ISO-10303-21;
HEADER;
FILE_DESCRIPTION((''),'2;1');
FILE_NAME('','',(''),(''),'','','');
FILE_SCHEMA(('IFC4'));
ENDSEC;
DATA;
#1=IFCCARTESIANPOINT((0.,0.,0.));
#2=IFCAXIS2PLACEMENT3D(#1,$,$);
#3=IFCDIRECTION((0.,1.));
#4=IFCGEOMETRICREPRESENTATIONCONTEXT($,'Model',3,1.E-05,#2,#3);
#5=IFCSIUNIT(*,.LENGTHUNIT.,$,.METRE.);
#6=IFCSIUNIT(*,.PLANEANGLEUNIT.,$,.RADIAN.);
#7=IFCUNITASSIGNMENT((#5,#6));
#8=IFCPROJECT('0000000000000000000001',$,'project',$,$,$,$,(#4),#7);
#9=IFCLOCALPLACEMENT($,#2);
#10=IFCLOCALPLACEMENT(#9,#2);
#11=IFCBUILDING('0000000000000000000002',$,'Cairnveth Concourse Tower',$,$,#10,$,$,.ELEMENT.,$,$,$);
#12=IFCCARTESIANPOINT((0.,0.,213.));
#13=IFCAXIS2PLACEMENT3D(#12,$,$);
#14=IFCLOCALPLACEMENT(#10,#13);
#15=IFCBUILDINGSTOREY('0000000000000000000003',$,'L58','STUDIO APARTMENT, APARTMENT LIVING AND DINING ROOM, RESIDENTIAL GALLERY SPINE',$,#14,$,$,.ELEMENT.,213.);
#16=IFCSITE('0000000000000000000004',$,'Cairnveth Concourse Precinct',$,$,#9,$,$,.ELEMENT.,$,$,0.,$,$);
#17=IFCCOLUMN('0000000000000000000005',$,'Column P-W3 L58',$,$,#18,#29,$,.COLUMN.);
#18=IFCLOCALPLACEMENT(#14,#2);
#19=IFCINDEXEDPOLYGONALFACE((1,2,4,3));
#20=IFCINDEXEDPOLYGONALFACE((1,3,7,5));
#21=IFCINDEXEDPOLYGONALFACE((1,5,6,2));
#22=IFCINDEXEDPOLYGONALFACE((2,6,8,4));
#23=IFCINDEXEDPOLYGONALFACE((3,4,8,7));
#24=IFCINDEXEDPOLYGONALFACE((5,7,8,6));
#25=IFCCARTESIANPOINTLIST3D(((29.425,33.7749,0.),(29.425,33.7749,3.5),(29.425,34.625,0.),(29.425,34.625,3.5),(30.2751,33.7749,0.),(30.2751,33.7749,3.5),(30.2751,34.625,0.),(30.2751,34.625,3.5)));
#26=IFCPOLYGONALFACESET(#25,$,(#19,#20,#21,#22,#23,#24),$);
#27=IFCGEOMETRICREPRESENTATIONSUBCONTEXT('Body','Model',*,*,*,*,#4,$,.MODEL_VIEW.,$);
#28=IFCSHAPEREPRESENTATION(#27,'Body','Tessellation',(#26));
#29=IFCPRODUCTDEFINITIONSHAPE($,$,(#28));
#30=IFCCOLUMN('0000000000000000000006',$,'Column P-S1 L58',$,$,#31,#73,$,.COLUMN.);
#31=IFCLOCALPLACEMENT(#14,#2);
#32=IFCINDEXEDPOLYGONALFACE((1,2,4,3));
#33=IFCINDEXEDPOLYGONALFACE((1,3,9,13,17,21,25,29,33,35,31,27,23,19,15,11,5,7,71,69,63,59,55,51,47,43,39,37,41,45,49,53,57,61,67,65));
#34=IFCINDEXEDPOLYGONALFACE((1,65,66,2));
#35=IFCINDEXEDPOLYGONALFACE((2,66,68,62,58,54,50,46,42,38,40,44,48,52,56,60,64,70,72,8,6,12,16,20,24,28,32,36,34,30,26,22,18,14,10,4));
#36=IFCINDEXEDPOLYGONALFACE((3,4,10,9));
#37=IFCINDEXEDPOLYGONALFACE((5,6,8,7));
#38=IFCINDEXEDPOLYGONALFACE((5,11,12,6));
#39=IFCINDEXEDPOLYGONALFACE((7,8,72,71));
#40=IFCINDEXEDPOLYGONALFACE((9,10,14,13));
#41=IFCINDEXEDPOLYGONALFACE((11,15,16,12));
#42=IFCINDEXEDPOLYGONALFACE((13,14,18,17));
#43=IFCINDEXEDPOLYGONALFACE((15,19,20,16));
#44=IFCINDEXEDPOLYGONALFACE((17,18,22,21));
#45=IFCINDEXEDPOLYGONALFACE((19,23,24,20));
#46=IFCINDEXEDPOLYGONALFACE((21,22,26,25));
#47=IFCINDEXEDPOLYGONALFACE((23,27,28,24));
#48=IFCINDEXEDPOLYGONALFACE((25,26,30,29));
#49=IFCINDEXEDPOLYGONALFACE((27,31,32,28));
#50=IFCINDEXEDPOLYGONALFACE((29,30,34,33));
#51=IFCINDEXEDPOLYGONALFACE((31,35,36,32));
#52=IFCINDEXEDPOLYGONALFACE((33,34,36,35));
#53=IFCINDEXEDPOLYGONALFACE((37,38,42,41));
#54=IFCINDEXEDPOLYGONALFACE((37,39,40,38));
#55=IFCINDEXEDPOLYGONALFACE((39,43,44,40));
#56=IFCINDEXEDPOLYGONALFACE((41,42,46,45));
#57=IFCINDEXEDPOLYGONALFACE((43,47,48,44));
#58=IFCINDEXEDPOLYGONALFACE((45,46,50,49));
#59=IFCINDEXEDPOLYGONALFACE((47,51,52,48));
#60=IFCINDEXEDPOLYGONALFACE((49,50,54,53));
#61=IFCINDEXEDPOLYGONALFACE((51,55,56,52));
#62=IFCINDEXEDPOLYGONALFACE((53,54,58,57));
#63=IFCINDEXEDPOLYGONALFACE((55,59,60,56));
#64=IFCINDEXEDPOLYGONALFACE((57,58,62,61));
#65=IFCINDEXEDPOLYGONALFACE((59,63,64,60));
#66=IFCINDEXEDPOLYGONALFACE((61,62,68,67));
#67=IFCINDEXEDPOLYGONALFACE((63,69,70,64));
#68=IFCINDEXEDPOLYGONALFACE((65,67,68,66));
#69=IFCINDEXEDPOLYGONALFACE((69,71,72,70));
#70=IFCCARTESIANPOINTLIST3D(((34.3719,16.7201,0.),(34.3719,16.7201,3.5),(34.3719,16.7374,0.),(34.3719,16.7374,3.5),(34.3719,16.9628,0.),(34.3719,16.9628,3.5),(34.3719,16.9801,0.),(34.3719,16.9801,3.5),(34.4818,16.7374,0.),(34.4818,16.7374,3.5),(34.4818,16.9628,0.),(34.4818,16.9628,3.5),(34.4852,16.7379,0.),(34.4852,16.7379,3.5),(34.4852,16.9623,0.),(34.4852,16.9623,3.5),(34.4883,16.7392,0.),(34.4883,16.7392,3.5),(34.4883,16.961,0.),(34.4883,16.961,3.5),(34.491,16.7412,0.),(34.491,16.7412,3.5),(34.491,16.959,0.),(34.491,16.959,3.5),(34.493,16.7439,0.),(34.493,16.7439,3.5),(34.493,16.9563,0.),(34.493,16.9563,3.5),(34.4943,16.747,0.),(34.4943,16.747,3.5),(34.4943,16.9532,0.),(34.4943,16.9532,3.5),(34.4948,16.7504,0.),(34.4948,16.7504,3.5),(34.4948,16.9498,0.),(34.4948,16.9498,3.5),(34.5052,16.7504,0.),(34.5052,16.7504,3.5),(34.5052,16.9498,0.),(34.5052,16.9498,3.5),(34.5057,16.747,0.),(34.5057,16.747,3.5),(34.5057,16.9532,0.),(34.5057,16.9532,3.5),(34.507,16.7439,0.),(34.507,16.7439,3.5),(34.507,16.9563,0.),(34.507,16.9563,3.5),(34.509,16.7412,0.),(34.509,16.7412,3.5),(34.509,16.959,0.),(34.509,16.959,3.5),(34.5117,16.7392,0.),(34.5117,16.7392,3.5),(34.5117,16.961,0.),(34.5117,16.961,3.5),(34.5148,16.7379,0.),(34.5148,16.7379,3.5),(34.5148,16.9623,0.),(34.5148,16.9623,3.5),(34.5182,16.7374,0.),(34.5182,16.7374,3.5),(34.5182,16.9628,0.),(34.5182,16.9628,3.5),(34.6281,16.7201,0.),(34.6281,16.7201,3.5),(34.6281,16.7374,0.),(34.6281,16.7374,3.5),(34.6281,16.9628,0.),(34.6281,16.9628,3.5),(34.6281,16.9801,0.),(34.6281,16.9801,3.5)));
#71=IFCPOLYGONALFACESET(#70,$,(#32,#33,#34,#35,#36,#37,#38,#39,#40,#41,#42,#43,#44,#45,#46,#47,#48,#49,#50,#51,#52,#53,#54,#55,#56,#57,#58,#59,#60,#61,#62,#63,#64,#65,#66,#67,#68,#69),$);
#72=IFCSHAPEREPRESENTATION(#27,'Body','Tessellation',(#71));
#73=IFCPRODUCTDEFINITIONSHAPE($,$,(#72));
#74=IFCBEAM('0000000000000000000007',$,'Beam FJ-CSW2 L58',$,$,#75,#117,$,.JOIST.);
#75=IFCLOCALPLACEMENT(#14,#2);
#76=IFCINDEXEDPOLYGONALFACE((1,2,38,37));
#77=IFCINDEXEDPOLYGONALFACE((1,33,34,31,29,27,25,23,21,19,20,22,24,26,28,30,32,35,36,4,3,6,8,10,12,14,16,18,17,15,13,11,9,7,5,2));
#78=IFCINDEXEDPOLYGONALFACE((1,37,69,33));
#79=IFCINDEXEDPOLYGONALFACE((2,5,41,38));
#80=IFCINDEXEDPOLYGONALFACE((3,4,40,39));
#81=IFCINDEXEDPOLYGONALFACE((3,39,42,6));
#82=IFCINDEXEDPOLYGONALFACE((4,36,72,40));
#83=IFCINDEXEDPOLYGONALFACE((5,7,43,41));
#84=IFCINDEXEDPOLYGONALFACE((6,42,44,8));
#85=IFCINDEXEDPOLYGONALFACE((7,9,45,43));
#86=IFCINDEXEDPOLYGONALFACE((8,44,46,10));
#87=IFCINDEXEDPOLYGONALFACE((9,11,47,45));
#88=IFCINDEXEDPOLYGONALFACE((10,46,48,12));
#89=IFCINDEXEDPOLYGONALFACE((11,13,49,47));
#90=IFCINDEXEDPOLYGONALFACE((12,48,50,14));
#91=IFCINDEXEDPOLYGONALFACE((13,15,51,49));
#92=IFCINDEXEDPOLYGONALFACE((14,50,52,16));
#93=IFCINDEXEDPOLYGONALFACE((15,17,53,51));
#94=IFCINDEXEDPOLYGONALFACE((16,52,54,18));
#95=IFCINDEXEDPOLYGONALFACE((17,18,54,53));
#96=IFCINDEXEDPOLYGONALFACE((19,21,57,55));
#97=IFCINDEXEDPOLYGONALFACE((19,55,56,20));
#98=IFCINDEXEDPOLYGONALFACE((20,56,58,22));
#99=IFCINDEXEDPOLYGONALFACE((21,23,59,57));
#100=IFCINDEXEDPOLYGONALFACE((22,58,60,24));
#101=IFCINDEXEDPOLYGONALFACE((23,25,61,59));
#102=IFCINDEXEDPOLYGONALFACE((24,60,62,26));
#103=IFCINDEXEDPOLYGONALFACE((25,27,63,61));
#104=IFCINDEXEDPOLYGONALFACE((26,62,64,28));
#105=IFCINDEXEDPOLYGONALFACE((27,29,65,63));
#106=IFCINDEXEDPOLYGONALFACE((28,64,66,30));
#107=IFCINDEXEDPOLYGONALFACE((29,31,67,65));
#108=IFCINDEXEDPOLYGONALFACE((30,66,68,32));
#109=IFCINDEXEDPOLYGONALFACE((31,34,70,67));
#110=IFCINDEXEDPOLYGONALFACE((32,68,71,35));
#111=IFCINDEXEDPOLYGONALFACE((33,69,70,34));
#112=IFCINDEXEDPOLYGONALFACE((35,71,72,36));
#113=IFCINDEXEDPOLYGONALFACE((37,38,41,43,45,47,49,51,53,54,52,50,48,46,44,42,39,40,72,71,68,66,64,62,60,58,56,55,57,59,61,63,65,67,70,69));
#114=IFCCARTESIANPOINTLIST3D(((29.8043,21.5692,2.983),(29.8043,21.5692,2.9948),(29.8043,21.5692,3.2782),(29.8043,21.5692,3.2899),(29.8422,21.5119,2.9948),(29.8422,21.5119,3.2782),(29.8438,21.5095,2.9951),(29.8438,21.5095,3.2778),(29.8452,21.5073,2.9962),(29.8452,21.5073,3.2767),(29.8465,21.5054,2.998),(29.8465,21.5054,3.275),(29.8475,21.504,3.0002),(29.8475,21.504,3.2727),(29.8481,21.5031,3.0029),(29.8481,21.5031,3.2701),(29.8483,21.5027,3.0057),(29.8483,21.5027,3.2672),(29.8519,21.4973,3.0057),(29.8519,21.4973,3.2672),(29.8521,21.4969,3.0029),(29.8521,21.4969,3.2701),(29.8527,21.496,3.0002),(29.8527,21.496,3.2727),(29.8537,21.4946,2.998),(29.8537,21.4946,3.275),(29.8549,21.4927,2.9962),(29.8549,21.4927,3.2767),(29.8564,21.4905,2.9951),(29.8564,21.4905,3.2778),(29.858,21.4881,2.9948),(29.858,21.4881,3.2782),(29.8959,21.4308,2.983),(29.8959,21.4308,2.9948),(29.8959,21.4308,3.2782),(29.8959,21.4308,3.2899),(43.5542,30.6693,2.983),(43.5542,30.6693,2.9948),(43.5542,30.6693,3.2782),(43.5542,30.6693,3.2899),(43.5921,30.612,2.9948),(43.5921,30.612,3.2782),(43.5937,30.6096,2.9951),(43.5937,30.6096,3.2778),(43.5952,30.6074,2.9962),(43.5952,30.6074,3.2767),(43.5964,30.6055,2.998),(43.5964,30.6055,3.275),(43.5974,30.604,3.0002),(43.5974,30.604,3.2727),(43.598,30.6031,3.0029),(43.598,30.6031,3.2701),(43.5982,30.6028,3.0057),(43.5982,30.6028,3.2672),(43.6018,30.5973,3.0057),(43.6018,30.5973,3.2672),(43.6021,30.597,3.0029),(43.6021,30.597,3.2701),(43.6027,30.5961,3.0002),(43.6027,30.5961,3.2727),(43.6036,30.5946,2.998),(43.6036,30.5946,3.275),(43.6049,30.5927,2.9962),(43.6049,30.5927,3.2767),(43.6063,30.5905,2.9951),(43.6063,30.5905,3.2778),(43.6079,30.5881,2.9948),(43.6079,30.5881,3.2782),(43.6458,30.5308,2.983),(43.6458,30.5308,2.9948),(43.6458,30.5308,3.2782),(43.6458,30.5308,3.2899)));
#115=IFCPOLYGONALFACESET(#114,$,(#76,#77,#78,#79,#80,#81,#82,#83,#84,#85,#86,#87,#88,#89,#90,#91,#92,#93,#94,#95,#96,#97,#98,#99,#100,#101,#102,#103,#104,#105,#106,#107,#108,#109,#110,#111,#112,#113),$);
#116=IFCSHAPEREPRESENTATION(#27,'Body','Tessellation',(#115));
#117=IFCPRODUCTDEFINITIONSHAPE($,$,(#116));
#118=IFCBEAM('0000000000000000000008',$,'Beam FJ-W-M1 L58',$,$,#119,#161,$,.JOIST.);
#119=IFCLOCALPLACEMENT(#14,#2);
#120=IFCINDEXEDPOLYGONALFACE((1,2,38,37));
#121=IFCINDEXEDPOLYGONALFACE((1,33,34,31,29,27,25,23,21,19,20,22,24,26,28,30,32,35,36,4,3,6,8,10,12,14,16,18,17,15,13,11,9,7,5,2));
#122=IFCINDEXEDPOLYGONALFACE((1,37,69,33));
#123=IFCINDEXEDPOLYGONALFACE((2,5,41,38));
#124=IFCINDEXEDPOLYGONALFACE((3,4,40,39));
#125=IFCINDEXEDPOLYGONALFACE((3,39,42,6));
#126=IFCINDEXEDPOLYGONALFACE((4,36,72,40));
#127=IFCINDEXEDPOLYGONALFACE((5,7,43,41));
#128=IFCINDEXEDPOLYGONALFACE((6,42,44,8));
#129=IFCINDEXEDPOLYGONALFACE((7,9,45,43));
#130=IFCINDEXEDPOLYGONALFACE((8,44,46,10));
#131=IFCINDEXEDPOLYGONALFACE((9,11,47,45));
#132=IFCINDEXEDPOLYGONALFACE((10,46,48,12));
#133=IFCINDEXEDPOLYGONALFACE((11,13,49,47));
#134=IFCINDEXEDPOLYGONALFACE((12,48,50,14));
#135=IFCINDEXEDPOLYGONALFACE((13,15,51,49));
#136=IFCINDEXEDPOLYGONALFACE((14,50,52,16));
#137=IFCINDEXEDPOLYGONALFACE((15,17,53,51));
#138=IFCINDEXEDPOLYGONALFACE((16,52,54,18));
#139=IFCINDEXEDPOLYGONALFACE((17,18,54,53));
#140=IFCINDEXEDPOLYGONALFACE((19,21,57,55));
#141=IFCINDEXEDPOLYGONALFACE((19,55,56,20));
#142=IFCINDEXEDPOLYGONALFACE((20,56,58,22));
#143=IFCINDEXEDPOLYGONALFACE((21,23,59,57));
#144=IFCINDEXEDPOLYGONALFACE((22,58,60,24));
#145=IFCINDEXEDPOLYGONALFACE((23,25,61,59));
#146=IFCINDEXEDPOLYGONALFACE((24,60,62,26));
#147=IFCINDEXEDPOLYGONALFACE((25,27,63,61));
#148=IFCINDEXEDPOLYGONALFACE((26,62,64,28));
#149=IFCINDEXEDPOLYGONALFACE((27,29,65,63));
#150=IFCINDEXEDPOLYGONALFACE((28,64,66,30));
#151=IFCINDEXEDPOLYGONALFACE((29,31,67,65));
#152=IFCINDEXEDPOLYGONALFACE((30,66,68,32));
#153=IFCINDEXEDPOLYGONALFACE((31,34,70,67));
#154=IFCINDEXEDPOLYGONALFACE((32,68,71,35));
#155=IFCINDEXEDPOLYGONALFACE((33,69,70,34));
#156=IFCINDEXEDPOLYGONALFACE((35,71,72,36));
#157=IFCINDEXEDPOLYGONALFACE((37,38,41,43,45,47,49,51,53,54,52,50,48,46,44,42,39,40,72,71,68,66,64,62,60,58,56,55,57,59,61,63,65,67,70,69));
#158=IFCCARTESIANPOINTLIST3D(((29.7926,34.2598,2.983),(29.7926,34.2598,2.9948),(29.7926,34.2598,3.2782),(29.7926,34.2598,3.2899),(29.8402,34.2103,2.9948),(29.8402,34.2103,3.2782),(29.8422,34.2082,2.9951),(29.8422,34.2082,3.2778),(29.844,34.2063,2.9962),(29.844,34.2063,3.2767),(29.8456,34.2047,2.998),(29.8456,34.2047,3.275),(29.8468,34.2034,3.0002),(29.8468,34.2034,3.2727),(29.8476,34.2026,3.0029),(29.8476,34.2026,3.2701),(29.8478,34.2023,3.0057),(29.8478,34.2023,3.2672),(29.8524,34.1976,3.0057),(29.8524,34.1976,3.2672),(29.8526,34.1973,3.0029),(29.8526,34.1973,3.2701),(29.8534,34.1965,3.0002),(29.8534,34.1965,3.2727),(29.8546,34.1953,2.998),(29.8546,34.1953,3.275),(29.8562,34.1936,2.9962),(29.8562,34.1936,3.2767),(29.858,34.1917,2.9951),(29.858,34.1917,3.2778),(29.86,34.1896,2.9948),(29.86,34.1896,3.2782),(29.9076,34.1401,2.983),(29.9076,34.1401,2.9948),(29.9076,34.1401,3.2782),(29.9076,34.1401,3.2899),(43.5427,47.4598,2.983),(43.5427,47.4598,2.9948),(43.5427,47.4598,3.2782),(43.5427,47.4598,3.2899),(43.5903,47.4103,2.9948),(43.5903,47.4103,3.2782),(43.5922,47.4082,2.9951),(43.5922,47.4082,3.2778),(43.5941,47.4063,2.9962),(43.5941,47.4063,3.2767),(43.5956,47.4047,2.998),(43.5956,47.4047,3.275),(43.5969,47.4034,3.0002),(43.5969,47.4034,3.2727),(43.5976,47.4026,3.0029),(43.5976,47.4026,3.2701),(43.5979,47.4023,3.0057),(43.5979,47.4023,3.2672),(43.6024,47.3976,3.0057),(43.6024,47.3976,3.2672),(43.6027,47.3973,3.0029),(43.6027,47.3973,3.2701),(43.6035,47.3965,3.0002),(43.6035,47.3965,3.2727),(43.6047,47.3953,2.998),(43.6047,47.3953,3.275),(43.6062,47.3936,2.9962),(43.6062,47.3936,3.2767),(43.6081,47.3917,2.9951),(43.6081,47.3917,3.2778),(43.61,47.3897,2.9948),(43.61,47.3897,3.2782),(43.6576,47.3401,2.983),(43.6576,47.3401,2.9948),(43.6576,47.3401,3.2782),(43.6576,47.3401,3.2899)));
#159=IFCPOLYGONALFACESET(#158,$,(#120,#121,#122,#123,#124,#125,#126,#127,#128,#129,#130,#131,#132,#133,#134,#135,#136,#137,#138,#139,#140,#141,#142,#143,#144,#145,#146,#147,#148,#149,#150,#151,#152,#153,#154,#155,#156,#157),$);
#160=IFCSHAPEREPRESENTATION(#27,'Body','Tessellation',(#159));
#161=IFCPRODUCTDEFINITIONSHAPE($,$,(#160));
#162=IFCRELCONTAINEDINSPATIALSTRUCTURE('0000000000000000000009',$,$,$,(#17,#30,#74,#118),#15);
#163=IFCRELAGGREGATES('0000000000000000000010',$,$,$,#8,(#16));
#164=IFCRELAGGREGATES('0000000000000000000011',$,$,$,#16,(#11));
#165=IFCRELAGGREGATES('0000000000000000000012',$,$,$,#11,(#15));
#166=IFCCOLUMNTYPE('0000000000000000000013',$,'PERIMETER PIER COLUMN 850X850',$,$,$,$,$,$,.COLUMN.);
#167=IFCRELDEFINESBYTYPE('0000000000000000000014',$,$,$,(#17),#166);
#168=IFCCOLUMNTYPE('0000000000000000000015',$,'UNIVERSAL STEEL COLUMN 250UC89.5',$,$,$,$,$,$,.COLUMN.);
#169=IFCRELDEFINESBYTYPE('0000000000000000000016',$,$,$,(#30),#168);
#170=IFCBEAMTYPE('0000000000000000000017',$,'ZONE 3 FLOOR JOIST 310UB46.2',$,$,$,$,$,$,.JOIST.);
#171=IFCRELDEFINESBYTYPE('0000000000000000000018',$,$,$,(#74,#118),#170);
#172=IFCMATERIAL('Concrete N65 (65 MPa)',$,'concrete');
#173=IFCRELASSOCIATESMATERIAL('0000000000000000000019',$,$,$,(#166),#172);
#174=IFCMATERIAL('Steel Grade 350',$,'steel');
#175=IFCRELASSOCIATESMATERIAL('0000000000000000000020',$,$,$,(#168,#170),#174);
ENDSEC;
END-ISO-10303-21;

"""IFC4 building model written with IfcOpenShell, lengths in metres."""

from ifc_helpers import new_model, si_unit, direction, frame, origin, origin_2d, place, context, subcontext, project, spatial, rectangle, i_section, extrude, material, material_profile, profile_set, type_object, element, save


model = new_model("IFC4")

# Units and contexts
model_context = context("Model", 3, precision=1e-05, world=origin(), true_north=direction((0.0, 1.0)))
body_context = subcontext(model_context, "Body", "Model", "MODEL_VIEW")
ifc_project = project(units=[si_unit("LENGTHUNIT", "METRE"), si_unit("PLANEANGLEUNIT", "RADIAN")], contexts=[model_context])

# Site, building, storey
site_placement = place(None, origin())
site = spatial("IfcSite", under=ifc_project, at=site_placement, Name="Cairnveth Concourse Precinct", CompositionType="ELEMENT", RefElevation=0.0)
building_placement = place(site_placement, origin())
building = spatial("IfcBuilding", under=site, at=building_placement, Name="Cairnveth Concourse Tower", CompositionType="ELEMENT")
storey_placement = place(building_placement, frame((0.0, 0.0, 213.0)))
storey = spatial("IfcBuildingStorey", under=building, at=storey_placement, Name="L58", Description="STUDIO APARTMENT, APARTMENT LIVING AND DINING ROOM, RESIDENTIAL GALLERY SPINE", CompositionType="ELEMENT", Elevation=213.0)

# Columns
ifc_material_1 = material(Name="Concrete N65 (65 MPa)", Category="concrete")
ifc_material_profile_1 = material_profile(ifc_material_1, rectangle(XDim=0.8501, YDim=0.8501, at=origin_2d()), Name="RC-COL-850x850")
ifc_profile_set_1 = profile_set([ifc_material_profile_1], Name="Concrete N65 (65 MPa)")
column_type_1 = type_object("IfcColumnType", Name="PERIMETER PIER COLUMN 850X850", PredefinedType="COLUMN", material=ifc_profile_set_1)
column_1_placement = place(storey_placement, frame((29.8501, 34.2, 0.0), z_axis=(0.0, 0.0, 1.0), x_axis=(0.0, 1.0, 0.0)))
element("IfcColumn", 1, at=column_1_placement, inside=storey, type_object=column_type_1, Name="Column P-W3 L58", PredefinedType="COLUMN", context=body_context, shape_type="SweptSolid", body=[
    extrude(rectangle(XDim=0.8501, YDim=0.8501, at=origin_2d()), origin(), (0.0, 0.0, 1.0), 3.5),
])
ifc_material_2 = material(Name="Steel Grade 350", Category="steel")
ifc_material_profile_2 = material_profile(ifc_material_2, i_section(OverallWidth=0.2561, OverallDepth=0.26, WebThickness=0.0105, FlangeThickness=0.0173, FilletRadius=0.0129, at=origin_2d()), Name="250UC89.5")
ifc_profile_set_2 = profile_set([ifc_material_profile_2], Name="Steel Grade 350")
column_type_2 = type_object("IfcColumnType", Name="UNIVERSAL STEEL COLUMN 250UC89.5", PredefinedType="COLUMN", material=ifc_profile_set_2)
column_2_placement = place(storey_placement, frame((34.5, 16.8501, 0.0), z_axis=(0.0, 0.0, 1.0), x_axis=(1.0, 0.0, 0.0)))
element("IfcColumn", 2, at=column_2_placement, inside=storey, type_object=column_type_2, Name="Column P-S1 L58", PredefinedType="COLUMN", context=body_context, shape_type="SweptSolid", body=[
    extrude(i_section(OverallWidth=0.2561, OverallDepth=0.26, WebThickness=0.0105, FlangeThickness=0.0173, FilletRadius=0.0129, at=origin_2d()), origin(), (0.0, 0.0, 1.0), 3.5),
])

# Beams
ifc_material_profile_3 = material_profile(ifc_material_2, i_section(OverallWidth=0.166, OverallDepth=0.3069, WebThickness=0.0066, FlangeThickness=0.0117, FilletRadius=0.011, at=origin_2d()), Name="310UB46.2")
ifc_profile_set_3 = profile_set([ifc_material_profile_3], Name="Steel Grade 350")
beam_type_1 = type_object("IfcBeamType", Name="ZONE 3 FLOOR JOIST 310UB46.2", PredefinedType="JOIST", material=ifc_profile_set_3)
beam_1_placement = place(storey_placement, frame((29.8501, 21.5, 3.1365), z_axis=(0.833909, 0.551902, 0.0), x_axis=(-0.551902, 0.833909, 0.0)))
element("IfcBeam", 3, at=beam_1_placement, inside=storey, type_object=beam_type_1, Name="Beam FJ-CSW2 L58", PredefinedType="JOIST", context=body_context, shape_type="SweptSolid", body=[
    extrude(i_section(OverallWidth=0.166, OverallDepth=0.3069, WebThickness=0.0066, FlangeThickness=0.0117, FilletRadius=0.011, at=origin_2d()), origin(), (0.0, 0.0, 1.0), 16.4885),
])
beam_2_placement = place(storey_placement, frame((29.8501, 34.2, 3.1365), z_axis=(0.721389, 0.69253, 0.0), x_axis=(-0.69253, 0.721389, 0.0)))
element("IfcBeam", 4, at=beam_2_placement, inside=storey, type_object=beam_type_1, Name="Beam FJ-W-M1 L58", PredefinedType="JOIST", context=body_context, shape_type="SweptSolid", body=[
    extrude(i_section(OverallWidth=0.166, OverallDepth=0.3069, WebThickness=0.0066, FlangeThickness=0.0117, FilletRadius=0.011, at=origin_2d()), origin(), (0.0, 0.0, 1.0), 19.0605),
])

save(model, "model.ifc")
